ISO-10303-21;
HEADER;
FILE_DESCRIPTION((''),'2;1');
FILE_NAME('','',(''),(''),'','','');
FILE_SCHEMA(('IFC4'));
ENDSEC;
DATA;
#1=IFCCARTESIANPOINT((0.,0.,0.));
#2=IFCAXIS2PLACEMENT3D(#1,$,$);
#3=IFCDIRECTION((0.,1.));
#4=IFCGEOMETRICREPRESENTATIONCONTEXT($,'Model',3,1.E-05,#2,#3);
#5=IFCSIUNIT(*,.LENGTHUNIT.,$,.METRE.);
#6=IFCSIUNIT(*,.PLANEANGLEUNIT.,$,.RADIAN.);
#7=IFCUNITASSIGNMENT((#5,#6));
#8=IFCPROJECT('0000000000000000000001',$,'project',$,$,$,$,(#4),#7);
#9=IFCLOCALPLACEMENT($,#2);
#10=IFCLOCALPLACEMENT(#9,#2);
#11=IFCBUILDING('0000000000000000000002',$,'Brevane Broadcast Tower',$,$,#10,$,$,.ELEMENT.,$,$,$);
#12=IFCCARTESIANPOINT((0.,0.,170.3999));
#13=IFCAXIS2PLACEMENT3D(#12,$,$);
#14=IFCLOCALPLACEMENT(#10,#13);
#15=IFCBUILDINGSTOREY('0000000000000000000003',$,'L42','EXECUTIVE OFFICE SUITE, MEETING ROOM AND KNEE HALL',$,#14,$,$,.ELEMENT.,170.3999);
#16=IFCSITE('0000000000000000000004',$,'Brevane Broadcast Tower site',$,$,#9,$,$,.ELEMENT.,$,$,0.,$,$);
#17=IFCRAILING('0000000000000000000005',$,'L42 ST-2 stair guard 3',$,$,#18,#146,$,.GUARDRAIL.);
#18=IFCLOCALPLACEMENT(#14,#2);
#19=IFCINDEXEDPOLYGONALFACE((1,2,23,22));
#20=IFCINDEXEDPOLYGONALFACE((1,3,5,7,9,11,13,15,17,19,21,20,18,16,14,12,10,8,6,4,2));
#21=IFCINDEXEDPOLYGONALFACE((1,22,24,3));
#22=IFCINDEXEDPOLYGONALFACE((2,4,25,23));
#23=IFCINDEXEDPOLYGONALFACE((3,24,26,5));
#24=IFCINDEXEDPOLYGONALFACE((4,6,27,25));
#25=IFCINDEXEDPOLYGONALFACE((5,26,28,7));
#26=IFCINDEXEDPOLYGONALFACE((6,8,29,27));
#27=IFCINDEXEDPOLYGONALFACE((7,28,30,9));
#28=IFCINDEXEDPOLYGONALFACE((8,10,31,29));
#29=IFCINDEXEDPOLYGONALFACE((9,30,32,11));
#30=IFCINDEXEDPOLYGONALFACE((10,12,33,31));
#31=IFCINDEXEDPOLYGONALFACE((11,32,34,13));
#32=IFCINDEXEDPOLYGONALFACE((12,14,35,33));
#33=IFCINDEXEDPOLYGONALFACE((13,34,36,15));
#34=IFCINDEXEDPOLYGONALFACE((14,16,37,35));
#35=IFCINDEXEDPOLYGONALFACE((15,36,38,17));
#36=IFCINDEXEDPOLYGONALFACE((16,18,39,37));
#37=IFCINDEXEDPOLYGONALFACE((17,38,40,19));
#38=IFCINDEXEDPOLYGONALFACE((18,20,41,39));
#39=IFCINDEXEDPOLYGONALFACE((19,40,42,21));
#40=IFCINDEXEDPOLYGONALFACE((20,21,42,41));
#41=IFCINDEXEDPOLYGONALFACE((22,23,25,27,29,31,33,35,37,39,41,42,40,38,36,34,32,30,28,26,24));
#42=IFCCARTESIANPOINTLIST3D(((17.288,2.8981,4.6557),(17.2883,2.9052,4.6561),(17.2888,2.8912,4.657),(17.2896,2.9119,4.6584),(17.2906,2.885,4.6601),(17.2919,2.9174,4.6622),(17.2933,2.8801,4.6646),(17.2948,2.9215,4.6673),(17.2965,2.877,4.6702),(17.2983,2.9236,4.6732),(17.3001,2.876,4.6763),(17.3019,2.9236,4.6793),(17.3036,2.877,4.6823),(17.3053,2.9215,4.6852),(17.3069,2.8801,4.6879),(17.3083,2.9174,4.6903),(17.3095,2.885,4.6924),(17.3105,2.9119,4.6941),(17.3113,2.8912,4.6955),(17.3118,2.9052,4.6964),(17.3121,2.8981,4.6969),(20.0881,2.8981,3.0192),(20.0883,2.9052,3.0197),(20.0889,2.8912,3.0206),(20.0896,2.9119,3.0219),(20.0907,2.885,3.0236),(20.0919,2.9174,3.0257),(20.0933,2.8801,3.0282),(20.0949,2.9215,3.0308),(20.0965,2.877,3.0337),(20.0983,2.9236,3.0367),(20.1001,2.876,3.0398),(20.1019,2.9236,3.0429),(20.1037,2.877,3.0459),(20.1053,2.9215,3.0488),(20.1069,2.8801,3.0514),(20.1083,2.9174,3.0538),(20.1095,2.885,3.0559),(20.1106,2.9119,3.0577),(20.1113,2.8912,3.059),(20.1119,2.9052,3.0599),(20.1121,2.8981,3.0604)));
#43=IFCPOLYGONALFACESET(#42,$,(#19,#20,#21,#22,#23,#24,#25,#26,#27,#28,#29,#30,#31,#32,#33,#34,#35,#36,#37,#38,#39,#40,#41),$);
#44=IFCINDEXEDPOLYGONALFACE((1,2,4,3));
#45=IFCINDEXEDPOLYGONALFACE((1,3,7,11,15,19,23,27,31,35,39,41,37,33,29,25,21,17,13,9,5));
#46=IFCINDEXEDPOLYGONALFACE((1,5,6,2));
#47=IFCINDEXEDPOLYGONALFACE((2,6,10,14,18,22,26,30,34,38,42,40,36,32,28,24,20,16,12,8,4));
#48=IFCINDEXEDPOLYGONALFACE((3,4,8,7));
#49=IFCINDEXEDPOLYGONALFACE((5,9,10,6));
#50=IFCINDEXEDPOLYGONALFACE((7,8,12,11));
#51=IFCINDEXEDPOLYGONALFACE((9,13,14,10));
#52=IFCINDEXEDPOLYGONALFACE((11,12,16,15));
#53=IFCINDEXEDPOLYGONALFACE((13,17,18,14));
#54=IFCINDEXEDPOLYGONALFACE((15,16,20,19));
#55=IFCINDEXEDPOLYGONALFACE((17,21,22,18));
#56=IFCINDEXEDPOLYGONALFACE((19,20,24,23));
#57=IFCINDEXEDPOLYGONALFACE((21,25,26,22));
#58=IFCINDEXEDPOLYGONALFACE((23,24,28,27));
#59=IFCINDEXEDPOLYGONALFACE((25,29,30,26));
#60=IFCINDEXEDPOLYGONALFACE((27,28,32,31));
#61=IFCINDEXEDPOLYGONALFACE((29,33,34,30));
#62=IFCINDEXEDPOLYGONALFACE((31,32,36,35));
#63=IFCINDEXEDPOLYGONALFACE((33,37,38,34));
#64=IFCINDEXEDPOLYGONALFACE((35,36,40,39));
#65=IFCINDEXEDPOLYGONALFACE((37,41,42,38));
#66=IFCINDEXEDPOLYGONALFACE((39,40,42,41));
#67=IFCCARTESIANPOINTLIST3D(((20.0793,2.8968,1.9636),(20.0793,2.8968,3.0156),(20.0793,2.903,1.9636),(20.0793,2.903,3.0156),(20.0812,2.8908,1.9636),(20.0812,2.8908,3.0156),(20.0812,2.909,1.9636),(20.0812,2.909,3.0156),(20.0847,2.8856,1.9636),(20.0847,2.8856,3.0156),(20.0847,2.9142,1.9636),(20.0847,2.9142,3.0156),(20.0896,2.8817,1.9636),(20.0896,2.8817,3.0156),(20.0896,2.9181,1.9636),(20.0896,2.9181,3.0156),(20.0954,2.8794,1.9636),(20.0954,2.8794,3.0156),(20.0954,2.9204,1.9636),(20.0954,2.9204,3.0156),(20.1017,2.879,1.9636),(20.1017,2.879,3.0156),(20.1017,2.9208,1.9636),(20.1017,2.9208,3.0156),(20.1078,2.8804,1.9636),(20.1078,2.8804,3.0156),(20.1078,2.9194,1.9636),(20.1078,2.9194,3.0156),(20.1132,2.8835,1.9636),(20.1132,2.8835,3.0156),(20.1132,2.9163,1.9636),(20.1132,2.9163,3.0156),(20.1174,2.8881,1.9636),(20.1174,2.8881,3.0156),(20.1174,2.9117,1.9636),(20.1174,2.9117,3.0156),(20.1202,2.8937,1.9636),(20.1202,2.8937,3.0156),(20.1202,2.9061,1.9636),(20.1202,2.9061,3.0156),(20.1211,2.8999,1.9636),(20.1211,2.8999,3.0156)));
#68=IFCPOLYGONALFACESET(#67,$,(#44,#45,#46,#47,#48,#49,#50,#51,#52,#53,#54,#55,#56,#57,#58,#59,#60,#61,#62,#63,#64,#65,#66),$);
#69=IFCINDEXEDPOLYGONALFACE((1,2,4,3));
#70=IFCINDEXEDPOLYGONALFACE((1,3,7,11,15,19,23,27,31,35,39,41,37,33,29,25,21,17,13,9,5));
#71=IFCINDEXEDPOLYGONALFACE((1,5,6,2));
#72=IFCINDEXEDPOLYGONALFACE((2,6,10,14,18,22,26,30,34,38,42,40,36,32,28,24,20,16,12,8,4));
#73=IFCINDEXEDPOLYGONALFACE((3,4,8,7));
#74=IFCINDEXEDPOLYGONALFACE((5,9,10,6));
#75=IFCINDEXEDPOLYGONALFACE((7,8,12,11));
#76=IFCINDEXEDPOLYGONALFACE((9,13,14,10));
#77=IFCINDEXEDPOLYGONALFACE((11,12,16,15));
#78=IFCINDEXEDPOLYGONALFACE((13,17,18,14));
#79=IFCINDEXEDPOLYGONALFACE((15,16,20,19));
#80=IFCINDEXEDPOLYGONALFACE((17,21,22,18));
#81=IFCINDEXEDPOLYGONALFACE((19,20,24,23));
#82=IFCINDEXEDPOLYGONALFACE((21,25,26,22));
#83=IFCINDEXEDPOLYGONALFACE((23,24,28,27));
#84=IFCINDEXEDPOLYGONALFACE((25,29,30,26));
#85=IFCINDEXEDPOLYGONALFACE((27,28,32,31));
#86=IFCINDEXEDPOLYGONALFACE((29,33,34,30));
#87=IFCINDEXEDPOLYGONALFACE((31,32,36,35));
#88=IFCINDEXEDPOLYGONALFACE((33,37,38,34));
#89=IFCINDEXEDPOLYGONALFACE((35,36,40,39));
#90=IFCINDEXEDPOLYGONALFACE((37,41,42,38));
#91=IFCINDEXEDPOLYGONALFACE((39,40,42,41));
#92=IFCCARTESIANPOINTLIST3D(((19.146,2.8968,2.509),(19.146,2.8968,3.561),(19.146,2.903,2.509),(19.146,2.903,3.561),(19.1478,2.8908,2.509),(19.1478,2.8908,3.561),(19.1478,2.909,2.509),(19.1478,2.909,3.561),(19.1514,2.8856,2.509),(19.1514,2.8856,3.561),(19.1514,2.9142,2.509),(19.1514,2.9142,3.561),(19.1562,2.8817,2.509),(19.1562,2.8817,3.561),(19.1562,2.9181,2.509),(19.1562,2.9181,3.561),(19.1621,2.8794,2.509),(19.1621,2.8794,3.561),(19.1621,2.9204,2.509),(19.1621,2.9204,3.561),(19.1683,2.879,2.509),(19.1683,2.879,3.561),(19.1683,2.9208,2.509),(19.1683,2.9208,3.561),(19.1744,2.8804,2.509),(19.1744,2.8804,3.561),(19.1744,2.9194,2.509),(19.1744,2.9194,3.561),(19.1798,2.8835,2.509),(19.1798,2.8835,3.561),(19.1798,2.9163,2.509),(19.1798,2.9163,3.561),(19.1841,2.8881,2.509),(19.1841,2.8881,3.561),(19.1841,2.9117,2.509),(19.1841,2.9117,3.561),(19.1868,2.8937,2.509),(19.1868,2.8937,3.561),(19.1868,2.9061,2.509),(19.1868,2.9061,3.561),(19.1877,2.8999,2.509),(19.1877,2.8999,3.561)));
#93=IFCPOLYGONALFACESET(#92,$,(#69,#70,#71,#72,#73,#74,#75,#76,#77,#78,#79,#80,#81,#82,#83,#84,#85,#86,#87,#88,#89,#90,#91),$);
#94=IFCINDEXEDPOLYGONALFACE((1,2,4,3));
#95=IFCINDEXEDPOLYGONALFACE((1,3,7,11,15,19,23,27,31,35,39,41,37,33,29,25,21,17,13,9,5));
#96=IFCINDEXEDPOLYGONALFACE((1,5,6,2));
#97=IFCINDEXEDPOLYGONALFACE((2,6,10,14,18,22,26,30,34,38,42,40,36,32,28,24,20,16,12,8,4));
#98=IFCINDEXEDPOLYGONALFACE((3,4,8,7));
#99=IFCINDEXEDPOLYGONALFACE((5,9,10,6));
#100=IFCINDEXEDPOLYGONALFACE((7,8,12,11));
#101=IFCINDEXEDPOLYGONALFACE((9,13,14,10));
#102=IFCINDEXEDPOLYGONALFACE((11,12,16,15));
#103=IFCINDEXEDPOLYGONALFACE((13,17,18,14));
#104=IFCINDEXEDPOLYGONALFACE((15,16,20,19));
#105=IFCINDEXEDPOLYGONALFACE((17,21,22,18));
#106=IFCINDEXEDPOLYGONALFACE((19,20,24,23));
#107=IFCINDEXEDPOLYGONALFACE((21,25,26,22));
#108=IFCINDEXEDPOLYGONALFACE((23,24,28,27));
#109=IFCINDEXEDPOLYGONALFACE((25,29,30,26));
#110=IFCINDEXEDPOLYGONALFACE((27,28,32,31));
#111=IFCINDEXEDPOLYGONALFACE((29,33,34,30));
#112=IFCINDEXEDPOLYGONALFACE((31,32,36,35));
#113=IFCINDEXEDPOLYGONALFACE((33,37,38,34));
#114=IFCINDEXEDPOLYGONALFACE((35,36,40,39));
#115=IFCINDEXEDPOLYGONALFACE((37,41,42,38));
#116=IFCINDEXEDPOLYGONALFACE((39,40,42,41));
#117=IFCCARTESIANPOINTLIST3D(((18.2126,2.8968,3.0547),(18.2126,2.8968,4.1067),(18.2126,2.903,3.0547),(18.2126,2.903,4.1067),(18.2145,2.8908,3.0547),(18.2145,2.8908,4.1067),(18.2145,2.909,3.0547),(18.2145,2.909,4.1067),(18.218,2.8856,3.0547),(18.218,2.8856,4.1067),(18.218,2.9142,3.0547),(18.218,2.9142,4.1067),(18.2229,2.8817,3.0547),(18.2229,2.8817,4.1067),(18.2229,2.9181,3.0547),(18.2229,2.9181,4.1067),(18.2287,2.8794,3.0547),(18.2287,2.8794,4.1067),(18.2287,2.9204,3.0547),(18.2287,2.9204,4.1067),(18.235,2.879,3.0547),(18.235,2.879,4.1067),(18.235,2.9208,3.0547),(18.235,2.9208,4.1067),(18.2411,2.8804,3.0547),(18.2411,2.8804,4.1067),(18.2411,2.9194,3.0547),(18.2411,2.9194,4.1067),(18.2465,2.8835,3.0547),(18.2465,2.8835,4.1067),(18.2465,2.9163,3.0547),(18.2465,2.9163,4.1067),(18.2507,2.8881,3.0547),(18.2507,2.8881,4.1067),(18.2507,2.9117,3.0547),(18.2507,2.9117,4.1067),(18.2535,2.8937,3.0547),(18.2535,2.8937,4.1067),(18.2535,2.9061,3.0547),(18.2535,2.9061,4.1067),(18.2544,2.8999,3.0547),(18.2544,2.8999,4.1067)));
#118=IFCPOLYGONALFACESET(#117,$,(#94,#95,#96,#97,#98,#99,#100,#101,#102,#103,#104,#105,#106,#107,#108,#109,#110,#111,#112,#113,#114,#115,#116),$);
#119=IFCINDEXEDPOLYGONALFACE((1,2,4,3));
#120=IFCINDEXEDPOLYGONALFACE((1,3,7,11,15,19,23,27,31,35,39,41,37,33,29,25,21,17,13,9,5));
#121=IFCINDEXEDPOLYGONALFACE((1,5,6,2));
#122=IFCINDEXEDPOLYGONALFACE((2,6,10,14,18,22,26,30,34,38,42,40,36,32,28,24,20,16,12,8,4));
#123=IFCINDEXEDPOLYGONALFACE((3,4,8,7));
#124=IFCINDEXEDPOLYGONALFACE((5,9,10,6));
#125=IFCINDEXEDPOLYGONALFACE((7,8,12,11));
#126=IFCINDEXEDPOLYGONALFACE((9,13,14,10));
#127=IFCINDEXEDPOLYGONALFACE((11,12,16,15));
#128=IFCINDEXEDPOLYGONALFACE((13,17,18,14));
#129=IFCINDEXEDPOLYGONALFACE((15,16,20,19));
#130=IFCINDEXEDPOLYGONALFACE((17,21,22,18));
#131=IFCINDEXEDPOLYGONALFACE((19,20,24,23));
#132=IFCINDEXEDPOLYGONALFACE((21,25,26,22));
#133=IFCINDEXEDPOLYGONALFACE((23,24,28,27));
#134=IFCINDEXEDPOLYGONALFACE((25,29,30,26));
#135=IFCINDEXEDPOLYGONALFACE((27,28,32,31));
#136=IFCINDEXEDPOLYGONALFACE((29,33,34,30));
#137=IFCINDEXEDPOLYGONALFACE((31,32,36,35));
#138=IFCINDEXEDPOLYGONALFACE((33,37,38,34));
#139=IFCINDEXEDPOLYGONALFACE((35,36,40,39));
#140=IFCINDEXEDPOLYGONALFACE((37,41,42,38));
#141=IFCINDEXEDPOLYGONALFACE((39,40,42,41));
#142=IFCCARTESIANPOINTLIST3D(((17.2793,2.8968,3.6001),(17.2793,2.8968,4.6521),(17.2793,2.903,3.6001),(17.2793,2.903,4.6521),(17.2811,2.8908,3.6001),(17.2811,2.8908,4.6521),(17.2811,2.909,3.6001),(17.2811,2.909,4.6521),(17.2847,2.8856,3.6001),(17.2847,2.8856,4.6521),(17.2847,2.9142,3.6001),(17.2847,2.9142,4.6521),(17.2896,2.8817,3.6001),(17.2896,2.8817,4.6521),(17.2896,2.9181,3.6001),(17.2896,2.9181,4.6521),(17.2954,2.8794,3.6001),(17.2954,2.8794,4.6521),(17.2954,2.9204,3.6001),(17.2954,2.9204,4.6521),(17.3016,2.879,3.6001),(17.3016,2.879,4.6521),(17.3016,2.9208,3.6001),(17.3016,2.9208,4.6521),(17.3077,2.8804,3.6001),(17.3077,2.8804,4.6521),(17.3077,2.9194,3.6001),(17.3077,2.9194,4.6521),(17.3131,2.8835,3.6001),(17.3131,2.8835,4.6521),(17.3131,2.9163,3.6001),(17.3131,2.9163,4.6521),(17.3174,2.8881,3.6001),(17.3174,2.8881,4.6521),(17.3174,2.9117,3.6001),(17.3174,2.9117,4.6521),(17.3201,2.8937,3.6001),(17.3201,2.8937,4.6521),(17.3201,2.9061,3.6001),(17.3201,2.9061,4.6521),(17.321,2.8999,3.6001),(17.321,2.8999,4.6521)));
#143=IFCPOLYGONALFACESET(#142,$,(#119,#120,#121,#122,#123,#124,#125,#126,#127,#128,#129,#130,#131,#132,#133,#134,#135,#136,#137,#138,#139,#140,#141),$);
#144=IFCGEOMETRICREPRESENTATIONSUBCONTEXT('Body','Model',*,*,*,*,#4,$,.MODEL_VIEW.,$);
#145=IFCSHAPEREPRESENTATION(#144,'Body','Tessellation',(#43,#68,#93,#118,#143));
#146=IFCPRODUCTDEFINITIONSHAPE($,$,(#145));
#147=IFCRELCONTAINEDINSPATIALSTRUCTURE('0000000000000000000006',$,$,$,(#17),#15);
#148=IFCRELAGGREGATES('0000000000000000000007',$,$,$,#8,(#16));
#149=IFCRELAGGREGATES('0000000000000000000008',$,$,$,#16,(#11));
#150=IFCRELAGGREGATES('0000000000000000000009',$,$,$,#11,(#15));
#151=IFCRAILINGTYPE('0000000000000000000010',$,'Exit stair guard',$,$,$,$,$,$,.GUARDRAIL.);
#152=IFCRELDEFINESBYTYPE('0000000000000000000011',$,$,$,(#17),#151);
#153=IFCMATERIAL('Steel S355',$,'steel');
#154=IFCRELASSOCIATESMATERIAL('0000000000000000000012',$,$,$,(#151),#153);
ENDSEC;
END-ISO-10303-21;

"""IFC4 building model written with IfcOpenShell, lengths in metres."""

from ifc_helpers import new_model, si_unit, direction, frame, origin, origin_2d, place, context, subcontext, project, spatial, circle, extrude, material, type_object, element, save


model = new_model("IFC4")

# Units and contexts
model_context = context("Model", 3, precision=1e-05, world=origin(), true_north=direction((0.0, 1.0)))
body_context = subcontext(model_context, "Body", "Model", "MODEL_VIEW")
ifc_project = project(units=[si_unit("LENGTHUNIT", "METRE"), si_unit("PLANEANGLEUNIT", "RADIAN")], contexts=[model_context])

# Site, building, storey
site_placement = place(None, origin())
site = spatial("IfcSite", under=ifc_project, at=site_placement, Name="Brevane Broadcast Tower site", CompositionType="ELEMENT", RefElevation=0.0)
building_placement = place(site_placement, origin())
building = spatial("IfcBuilding", under=site, at=building_placement, Name="Brevane Broadcast Tower", CompositionType="ELEMENT")
storey_placement = place(building_placement, frame((0.0, 0.0, 170.3999)))
storey = spatial("IfcBuildingStorey", under=building, at=storey_placement, Name="L42", Description="EXECUTIVE OFFICE SUITE, MEETING ROOM AND KNEE HALL", CompositionType="ELEMENT", Elevation=170.3999)

# Railing
ifc_material_1 = material(Name="Steel S355", Category="steel")
railing_type_1 = type_object("IfcRailingType", Name="Exit stair guard", PredefinedType="GUARDRAIL", material=ifc_material_1)
railing_1_placement = place(storey_placement, frame((20.1001, 2.8999, 1.9636)))
element("IfcRailing", 1, at=railing_1_placement, inside=storey, type_object=railing_type_1, Name="L42 ST-2 stair guard 3", PredefinedType="GUARDRAIL", context=body_context, shape_type="SweptSolid", body=[
    extrude(circle(Radius=0.0239, at=origin_2d()), frame((0.0, 0.0, 1.0762), z_axis=(-0.863361, 0.0, 0.504587), x_axis=(0.0, -1.0, 0.0)), (0.0, 0.0, 1.0), 3.2432),
    extrude(circle(Radius=0.021, at=origin_2d()), origin(), (0.0, 0.0, 1.0), 1.052),
    extrude(circle(Radius=0.021, at=origin_2d()), frame((-0.9333, 0.0, 0.5454)), (0.0, 0.0, 1.0), 1.052),
    extrude(circle(Radius=0.021, at=origin_2d()), frame((-1.8667, 0.0, 1.0911)), (0.0, 0.0, 1.0), 1.052),
    extrude(circle(Radius=0.021, at=origin_2d()), frame((-2.8, 0.0, 1.6365)), (0.0, 0.0, 1.0), 1.052),
])

save(model, "model.ifc")
